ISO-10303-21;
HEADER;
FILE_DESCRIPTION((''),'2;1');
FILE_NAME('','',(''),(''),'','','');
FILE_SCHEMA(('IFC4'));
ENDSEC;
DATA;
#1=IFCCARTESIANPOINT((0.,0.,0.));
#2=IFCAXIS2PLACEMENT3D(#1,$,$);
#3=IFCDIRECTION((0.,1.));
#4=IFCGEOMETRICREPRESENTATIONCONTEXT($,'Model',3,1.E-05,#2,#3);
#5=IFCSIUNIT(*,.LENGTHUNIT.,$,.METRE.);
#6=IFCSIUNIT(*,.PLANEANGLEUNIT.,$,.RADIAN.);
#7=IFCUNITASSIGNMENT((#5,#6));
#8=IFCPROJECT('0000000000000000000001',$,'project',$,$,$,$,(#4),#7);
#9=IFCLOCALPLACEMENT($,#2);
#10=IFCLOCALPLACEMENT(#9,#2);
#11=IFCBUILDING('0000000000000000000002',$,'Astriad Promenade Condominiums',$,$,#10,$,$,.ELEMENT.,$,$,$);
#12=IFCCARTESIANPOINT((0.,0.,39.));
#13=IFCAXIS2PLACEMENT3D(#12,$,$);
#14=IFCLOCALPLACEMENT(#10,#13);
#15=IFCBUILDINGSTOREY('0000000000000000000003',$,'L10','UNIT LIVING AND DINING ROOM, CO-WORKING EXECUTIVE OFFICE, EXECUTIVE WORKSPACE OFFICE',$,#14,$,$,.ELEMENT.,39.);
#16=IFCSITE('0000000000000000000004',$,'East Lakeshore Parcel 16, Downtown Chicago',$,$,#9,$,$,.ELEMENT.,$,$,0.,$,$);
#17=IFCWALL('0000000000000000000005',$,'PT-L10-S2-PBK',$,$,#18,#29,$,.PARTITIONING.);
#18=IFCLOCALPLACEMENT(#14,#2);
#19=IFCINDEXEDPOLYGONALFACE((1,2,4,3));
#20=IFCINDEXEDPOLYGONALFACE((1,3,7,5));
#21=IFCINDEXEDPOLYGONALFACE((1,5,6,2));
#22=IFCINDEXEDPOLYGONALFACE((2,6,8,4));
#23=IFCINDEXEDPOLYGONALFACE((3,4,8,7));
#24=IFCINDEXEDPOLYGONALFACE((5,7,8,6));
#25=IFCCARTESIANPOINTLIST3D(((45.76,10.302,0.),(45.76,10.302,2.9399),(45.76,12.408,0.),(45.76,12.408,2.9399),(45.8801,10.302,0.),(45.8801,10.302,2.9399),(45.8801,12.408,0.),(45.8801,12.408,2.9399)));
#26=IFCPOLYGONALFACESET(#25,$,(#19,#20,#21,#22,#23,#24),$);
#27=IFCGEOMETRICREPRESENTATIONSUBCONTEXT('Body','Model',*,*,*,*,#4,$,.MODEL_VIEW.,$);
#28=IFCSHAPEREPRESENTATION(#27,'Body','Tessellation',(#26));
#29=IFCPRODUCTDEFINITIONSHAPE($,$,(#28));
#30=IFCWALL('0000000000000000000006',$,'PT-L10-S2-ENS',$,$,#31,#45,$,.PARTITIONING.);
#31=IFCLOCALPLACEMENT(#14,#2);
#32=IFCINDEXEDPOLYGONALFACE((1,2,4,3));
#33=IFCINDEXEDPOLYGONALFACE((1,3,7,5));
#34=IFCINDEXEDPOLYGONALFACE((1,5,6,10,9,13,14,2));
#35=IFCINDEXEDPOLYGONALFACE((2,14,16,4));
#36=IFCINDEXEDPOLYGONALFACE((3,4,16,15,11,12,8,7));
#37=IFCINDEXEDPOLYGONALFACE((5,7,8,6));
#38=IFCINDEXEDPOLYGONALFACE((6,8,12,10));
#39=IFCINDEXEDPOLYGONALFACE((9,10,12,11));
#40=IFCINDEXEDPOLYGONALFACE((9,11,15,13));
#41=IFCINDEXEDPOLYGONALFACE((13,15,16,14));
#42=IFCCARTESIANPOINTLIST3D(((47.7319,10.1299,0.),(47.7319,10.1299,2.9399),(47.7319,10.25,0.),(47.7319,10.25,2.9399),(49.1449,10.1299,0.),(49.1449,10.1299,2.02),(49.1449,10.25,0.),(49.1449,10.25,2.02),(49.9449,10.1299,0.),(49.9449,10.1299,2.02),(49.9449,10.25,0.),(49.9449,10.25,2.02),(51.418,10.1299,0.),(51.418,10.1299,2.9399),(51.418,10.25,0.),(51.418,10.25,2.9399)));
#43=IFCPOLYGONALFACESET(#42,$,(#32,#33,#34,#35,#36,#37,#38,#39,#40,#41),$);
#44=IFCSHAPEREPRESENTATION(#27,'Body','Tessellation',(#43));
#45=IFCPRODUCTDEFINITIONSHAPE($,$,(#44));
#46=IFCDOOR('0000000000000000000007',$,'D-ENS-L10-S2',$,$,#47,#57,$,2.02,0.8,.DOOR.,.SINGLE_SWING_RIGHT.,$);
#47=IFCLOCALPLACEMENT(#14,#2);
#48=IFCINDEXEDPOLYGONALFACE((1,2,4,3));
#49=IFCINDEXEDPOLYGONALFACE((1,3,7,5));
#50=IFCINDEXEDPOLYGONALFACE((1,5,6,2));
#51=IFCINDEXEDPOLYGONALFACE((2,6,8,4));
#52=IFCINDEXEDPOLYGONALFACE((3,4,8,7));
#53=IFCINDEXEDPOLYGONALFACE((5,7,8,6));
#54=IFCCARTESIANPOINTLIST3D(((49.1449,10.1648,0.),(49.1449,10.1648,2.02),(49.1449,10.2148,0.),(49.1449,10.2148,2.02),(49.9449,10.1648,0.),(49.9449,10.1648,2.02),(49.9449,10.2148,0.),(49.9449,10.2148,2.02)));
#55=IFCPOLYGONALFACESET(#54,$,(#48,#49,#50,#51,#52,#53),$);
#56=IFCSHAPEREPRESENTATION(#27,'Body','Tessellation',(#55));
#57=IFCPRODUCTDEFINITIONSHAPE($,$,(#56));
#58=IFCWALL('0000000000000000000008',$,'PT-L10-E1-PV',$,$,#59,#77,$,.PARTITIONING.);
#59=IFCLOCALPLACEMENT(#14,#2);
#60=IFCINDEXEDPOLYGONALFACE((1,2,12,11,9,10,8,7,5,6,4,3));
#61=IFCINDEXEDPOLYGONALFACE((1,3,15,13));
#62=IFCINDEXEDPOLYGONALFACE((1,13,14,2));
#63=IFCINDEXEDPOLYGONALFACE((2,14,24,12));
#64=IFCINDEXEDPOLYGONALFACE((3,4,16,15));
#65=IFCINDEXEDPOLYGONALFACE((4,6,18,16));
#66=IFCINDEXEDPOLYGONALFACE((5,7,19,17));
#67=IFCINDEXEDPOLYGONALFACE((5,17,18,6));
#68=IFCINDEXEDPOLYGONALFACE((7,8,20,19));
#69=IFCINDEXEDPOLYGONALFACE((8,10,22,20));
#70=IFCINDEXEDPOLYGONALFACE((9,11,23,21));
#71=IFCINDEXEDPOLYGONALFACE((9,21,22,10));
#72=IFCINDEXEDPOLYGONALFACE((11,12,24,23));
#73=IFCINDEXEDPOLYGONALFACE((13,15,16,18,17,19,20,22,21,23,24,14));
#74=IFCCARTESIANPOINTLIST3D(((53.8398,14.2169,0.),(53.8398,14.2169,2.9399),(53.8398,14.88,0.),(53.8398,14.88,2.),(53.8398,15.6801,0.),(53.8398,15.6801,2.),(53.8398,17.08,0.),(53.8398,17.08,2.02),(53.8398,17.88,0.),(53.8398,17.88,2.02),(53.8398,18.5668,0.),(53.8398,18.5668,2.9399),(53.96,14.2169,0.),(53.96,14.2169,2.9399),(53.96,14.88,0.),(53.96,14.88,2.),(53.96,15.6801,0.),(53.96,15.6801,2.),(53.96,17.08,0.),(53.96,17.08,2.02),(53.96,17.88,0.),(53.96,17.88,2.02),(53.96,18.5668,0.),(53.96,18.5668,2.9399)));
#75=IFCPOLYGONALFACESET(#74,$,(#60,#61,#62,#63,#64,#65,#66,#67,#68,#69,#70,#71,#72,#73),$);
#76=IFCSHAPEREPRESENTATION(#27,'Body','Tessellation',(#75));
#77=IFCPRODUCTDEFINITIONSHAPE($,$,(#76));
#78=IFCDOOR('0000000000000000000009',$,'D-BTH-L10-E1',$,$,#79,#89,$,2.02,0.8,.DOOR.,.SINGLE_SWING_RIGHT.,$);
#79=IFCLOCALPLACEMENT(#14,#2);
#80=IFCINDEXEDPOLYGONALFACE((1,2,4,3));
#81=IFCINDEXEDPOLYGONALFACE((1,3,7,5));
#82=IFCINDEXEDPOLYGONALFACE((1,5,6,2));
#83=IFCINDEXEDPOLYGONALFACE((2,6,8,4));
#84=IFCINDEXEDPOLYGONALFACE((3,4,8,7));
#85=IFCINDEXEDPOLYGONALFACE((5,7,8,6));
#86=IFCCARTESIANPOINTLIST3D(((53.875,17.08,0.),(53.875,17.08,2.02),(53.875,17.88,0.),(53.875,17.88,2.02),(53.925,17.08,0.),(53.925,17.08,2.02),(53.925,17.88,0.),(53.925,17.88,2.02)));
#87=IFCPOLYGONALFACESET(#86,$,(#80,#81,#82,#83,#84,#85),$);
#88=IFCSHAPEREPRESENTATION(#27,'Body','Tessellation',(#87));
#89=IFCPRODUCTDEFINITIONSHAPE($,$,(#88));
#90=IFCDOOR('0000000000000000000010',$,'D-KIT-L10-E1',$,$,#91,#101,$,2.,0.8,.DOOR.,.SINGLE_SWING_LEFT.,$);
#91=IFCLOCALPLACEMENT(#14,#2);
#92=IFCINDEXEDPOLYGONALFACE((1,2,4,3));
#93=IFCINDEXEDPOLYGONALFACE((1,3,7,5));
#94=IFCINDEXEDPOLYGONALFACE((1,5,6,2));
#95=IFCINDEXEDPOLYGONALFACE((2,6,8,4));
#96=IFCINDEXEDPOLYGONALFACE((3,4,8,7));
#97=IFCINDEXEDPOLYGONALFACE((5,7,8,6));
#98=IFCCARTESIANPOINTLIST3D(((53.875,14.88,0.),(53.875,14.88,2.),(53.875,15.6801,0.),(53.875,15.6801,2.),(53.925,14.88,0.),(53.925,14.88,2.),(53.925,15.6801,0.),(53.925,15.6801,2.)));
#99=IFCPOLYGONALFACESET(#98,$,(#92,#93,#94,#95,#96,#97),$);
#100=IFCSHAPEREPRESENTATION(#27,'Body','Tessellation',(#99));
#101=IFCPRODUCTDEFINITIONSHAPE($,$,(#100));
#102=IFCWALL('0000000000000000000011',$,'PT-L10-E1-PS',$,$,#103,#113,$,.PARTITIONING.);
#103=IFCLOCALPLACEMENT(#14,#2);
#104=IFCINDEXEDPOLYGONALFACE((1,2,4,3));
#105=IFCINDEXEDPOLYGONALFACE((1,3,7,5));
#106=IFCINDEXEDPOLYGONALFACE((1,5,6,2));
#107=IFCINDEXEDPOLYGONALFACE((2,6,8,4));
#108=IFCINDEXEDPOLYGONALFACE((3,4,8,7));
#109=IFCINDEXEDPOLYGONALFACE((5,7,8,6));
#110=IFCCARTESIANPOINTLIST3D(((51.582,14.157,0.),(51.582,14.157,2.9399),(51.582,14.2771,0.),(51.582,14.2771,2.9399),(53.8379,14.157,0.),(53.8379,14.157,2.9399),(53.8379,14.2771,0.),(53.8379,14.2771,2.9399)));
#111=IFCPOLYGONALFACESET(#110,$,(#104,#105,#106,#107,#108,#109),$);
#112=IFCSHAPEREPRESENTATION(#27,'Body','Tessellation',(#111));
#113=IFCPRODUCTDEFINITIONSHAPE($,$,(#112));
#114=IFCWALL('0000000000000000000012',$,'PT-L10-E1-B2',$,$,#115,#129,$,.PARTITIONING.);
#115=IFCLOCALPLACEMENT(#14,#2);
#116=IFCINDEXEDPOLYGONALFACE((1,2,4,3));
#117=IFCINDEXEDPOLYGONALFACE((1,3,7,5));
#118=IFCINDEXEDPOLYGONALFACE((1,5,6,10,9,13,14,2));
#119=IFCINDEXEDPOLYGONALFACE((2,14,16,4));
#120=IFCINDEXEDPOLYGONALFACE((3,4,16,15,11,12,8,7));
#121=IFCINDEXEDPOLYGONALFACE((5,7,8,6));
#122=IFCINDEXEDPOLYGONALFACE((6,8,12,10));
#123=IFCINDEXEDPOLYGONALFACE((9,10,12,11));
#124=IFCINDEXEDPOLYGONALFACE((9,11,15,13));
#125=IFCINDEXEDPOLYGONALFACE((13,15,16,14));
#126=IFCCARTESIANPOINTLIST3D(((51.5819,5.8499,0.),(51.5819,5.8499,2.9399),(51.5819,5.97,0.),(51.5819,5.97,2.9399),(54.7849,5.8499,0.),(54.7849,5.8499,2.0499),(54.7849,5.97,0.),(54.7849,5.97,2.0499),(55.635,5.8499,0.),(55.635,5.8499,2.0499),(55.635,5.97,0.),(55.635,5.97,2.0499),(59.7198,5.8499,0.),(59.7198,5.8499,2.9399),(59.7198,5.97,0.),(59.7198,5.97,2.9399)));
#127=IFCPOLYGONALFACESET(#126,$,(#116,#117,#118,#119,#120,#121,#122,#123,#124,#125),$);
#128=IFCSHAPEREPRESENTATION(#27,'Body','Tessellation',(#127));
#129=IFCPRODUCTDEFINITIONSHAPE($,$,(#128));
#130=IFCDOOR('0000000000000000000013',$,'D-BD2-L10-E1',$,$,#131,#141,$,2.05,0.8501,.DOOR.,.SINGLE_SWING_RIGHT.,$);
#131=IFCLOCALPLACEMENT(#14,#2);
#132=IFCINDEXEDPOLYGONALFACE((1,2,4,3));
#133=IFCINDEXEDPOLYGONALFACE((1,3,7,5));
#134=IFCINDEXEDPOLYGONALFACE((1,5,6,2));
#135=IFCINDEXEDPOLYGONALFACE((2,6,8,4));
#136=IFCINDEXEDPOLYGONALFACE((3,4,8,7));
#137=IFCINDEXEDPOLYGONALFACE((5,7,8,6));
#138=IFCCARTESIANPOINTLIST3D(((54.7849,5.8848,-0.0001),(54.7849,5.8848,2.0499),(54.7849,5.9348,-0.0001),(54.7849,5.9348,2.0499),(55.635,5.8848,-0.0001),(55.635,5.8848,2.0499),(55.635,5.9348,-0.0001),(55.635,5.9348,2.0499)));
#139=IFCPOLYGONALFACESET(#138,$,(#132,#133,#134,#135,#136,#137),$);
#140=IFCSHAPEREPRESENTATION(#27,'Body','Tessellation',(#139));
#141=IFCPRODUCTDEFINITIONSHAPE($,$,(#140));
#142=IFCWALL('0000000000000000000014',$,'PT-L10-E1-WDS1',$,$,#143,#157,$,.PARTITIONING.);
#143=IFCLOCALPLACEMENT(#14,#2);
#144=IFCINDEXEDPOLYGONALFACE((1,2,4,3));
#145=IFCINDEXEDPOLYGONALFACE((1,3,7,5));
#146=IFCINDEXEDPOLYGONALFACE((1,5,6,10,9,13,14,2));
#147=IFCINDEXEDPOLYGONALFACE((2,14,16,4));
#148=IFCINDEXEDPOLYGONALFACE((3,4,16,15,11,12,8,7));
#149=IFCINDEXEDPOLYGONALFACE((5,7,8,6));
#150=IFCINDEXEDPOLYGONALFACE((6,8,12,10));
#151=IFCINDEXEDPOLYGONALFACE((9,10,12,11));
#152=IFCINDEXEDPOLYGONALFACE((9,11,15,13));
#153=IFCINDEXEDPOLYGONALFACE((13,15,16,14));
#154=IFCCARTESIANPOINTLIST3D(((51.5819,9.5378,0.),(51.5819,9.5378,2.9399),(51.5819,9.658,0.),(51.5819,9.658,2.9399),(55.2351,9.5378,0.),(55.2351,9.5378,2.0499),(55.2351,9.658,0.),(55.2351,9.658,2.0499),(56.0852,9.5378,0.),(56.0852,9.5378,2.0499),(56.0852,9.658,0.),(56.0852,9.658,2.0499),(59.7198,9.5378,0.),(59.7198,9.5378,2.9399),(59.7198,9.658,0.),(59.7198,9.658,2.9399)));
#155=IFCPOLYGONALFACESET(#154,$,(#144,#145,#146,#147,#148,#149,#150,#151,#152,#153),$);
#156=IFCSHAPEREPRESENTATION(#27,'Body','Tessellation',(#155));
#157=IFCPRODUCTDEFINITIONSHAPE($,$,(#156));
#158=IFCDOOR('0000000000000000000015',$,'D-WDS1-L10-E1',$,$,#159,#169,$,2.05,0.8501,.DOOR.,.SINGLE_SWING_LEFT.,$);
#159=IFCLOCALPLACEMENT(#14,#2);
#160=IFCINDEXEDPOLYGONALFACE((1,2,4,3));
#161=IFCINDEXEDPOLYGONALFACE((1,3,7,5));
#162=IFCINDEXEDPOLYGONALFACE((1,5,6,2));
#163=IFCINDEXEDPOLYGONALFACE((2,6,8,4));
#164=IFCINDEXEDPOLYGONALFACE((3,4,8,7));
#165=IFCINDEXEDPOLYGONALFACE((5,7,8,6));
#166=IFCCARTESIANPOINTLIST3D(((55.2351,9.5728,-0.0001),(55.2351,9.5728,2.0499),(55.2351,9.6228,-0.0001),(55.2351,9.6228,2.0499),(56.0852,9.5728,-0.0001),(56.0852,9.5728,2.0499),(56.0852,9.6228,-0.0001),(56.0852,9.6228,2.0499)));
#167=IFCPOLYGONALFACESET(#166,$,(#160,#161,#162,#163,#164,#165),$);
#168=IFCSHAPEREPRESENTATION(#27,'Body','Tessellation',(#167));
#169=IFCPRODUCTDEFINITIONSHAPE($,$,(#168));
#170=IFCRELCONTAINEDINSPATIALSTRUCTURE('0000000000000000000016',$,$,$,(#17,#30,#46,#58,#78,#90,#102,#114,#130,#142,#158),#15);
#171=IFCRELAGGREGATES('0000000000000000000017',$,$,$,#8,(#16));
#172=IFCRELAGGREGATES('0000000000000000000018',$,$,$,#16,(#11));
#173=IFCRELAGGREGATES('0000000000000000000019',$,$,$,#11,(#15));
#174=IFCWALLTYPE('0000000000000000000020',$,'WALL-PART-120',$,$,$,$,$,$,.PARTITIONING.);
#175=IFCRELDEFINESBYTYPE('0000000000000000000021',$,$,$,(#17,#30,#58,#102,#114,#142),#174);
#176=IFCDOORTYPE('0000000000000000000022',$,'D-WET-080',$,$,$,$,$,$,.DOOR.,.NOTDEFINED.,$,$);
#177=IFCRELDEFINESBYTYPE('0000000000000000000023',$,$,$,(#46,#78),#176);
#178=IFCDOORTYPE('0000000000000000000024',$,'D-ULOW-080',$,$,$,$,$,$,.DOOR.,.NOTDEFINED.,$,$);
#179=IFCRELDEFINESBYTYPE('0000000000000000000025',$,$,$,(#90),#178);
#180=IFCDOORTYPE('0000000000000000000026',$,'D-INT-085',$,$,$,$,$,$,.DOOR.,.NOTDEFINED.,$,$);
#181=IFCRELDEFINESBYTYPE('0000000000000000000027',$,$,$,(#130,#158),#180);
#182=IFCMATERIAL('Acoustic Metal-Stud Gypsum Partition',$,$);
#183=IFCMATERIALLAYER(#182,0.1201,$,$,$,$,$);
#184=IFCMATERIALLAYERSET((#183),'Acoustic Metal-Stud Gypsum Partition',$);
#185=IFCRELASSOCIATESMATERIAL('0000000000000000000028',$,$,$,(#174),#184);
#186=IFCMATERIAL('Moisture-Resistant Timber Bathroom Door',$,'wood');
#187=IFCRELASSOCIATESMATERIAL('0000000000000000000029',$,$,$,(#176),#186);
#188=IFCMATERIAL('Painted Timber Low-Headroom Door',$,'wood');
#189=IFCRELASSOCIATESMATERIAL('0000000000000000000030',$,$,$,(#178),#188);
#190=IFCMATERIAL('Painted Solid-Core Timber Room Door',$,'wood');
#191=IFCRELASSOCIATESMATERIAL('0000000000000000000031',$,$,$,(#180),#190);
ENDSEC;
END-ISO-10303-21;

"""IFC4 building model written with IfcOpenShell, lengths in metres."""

from ifc_helpers import new_model, si_unit, direction, frame, frame_2d, origin, place, context, subcontext, project, spatial, rectangle, extrude, source, transform, mapped, material, layer, layer_set, type_object, type_shapes, element, fill, save


model = new_model("IFC4")

# Units and contexts
model_context = context("Model", 3, precision=1e-05, world=origin(), true_north=direction((0.0, 1.0)))
body_context = subcontext(model_context, "Body", "Model", "MODEL_VIEW")
ifc_project = project(units=[si_unit("LENGTHUNIT", "METRE"), si_unit("PLANEANGLEUNIT", "RADIAN")], contexts=[model_context])

# Site, building, storey
site_placement = place(None, origin())
site = spatial("IfcSite", under=ifc_project, at=site_placement, Name="East Lakeshore Parcel 16, Downtown Chicago", CompositionType="ELEMENT", RefElevation=0.0)
building_placement = place(site_placement, origin())
building = spatial("IfcBuilding", under=site, at=building_placement, Name="Astriad Promenade Condominiums", CompositionType="ELEMENT")
storey_placement = place(building_placement, frame((0.0, 0.0, 39.0)))
storey = spatial("IfcBuildingStorey", under=building, at=storey_placement, Name="L10", Description="UNIT LIVING AND DINING ROOM, CO-WORKING EXECUTIVE OFFICE, EXECUTIVE WORKSPACE OFFICE", CompositionType="ELEMENT", Elevation=39.0)

# Shared definitions
ifc_material_1 = material(Name="Acoustic Metal-Stud Gypsum Partition")
ifc_layer_1 = layer(ifc_material_1, 0.1201)
ifc_layer_set_1 = layer_set([ifc_layer_1], Name="Acoustic Metal-Stud Gypsum Partition")
wall_type_1 = type_object("IfcWallType", Name="WALL-PART-120", PredefinedType="PARTITIONING", material=ifc_layer_set_1)

# Wall
wall_1_placement = place(storey_placement, frame((45.8201, 10.302, 0.0), z_axis=(0.0, 0.0, 1.0), x_axis=(0.0, 1.0, 0.0)))
element("IfcWall", 1, at=wall_1_placement, inside=storey, type_object=wall_type_1, Name="PT-L10-S2-PBK", PredefinedType="PARTITIONING", context=body_context, shape_type="SweptSolid", body=[
    extrude(rectangle(XDim=2.106, YDim=0.1201, at=frame_2d((1.053, 0.0))), origin(), (0.0, 0.0, 1.0), 2.9399),
])

# Wall, opening, door
wall_2_placement = place(storey_placement, frame((47.7319, 10.1899, 0.0), z_axis=(0.0, 0.0, 1.0), x_axis=(1.0, 0.0, 0.0)))
wall_2 = element("IfcWall", 2, at=wall_2_placement, inside=storey, type_object=wall_type_1, Name="PT-L10-S2-ENS", PredefinedType="PARTITIONING", context=body_context, shape_type="SweptSolid", body=[
    extrude(rectangle(XDim=3.686, YDim=0.1201, at=frame_2d((1.843, 0.0))), origin(), (0.0, 0.0, 1.0), 2.9399),
])
opening_1_placement = place(wall_2_placement, frame((1.4131, 0.0, 0.0)))
opening_1 = element("IfcOpeningElement", 3, at=opening_1_placement, cuts=wall_2, PredefinedType="OPENING", context=body_context, shape_type="SweptSolid", body=[
    extrude(rectangle(XDim=0.8, YDim=2.02, at=frame_2d((0.3999, 1.01))), frame((0.0, 0.0701, 0.0), z_axis=(0.0, -1.0, 0.0), x_axis=(1.0, 0.0, 0.0)), (0.0, 0.0, 1.0), 0.1401),
])
ifc_material_2 = material(Name="Moisture-Resistant Timber Bathroom Door", Category="wood")
door_type_1 = type_object("IfcDoorType", Name="D-WET-080", OperationType="NOTDEFINED", PredefinedType="DOOR", material=ifc_material_2)
shared_shape_1 = source(origin(), body_context, "Body", "SweptSolid", [
    extrude(rectangle(XDim=0.8, YDim=2.02, at=frame_2d((0.3999, 1.01))), frame((0.0, 0.0249, 0.0), z_axis=(0.0, -1.0, 0.0), x_axis=(1.0, 0.0, 0.0)), (0.0, 0.0, 1.0), 0.05),
])
type_shapes(door_type_1, [shared_shape_1])
door_1_placement = place(opening_1_placement, origin())
door_1 = element("IfcDoor", 4, at=door_1_placement, inside=storey, type_object=door_type_1, Name="D-ENS-L10-S2", OperationType="SINGLE_SWING_RIGHT", OverallHeight=2.02, OverallWidth=0.8, PredefinedType="DOOR", context=body_context, shape_type="MappedRepresentation", body=[
    mapped(shared_shape_1, transform((0.0, 0.0, 0.0), scale=1.0)),
])
fill(opening_1, door_1)

# Wall, openings, doors
wall_3_placement = place(storey_placement, frame((53.8999, 14.217, 0.0), z_axis=(0.0, 0.0, 1.0), x_axis=(0.0, 1.0, 0.0)))
wall_3 = element("IfcWall", 5, at=wall_3_placement, inside=storey, type_object=wall_type_1, Name="PT-L10-E1-PV", PredefinedType="PARTITIONING", context=body_context, shape_type="SweptSolid", body=[
    extrude(rectangle(XDim=4.3499, YDim=0.1201, at=frame_2d((2.1748, 0.0))), origin(), (0.0, 0.0, 1.0), 2.9399),
])
opening_2_placement = place(wall_3_placement, frame((0.6631, 0.0, 0.0)))
opening_2 = element("IfcOpeningElement", 6, at=opening_2_placement, cuts=wall_3, PredefinedType="OPENING", context=body_context, shape_type="SweptSolid", body=[
    extrude(rectangle(XDim=0.8, YDim=2.0, at=frame_2d((0.3999, 1.0))), frame((0.0, 0.0701, 0.0), z_axis=(0.0, -1.0, 0.0), x_axis=(1.0, 0.0, 0.0)), (0.0, 0.0, 1.0), 0.1401),
])
opening_3_placement = place(wall_3_placement, frame((2.863, 0.0, 0.0)))
opening_3 = element("IfcOpeningElement", 7, at=opening_3_placement, cuts=wall_3, PredefinedType="OPENING", context=body_context, shape_type="SweptSolid", body=[
    extrude(rectangle(XDim=0.8, YDim=2.02, at=frame_2d((0.3999, 1.01))), frame((0.0, 0.0701, 0.0), z_axis=(0.0, -1.0, 0.0), x_axis=(1.0, 0.0, 0.0)), (0.0, 0.0, 1.0), 0.1401),
])
door_2_placement = place(opening_3_placement, origin())
door_2 = element("IfcDoor", 8, at=door_2_placement, inside=storey, type_object=door_type_1, Name="D-BTH-L10-E1", OperationType="SINGLE_SWING_RIGHT", OverallHeight=2.02, OverallWidth=0.8, PredefinedType="DOOR", context=body_context, shape_type="MappedRepresentation", body=[
    mapped(shared_shape_1, transform((0.0, 0.0, 0.0), scale=1.0)),
])
fill(opening_3, door_2)
ifc_material_3 = material(Name="Painted Timber Low-Headroom Door", Category="wood")
door_type_2 = type_object("IfcDoorType", Name="D-ULOW-080", OperationType="NOTDEFINED", PredefinedType="DOOR", material=ifc_material_3)
shared_shape_2 = source(origin(), body_context, "Body", "SweptSolid", [
    extrude(rectangle(XDim=0.8, YDim=2.0, at=frame_2d((0.3999, 1.0))), frame((0.0, 0.0249, 0.0), z_axis=(0.0, -1.0, 0.0), x_axis=(1.0, 0.0, 0.0)), (0.0, 0.0, 1.0), 0.05),
])
type_shapes(door_type_2, [shared_shape_2])
door_3_placement = place(opening_2_placement, origin())
door_3 = element("IfcDoor", 9, at=door_3_placement, inside=storey, type_object=door_type_2, Name="D-KIT-L10-E1", OperationType="SINGLE_SWING_LEFT", OverallHeight=2.0, OverallWidth=0.8, PredefinedType="DOOR", context=body_context, shape_type="MappedRepresentation", body=[
    mapped(shared_shape_2, transform((0.0, 0.0, 0.0), scale=1.0)),
])
fill(opening_2, door_3)

# Wall
wall_4_placement = place(storey_placement, frame((51.582, 14.217, 0.0), z_axis=(0.0, 0.0, 1.0), x_axis=(1.0, 0.0, 0.0)))
element("IfcWall", 10, at=wall_4_placement, inside=storey, type_object=wall_type_1, Name="PT-L10-E1-PS", PredefinedType="PARTITIONING", context=body_context, shape_type="SweptSolid", body=[
    extrude(rectangle(XDim=2.2559, YDim=0.1201, at=frame_2d((1.1279, 0.0))), origin(), (0.0, 0.0, 1.0), 2.9399),
])

# Walls, openings, doors
wall_5_placement = place(storey_placement, frame((51.582, 5.9099, 0.0), z_axis=(0.0, 0.0, 1.0), x_axis=(1.0, 0.0, 0.0)))
wall_5 = element("IfcWall", 11, at=wall_5_placement, inside=storey, type_object=wall_type_1, Name="PT-L10-E1-B2", PredefinedType="PARTITIONING", context=body_context, shape_type="SweptSolid", body=[
    extrude(rectangle(XDim=8.1379, YDim=0.1201, at=frame_2d((4.0688, 0.0))), origin(), (0.0, 0.0, 1.0), 2.9399),
])
opening_4_placement = place(wall_5_placement, frame((3.2029, 0.0, 0.0)))
opening_4 = element("IfcOpeningElement", 12, at=opening_4_placement, cuts=wall_5, PredefinedType="OPENING", context=body_context, shape_type="SweptSolid", body=[
    extrude(rectangle(XDim=0.8501, YDim=2.05, at=frame_2d((0.425, 1.0249))), frame((0.0, 0.0701, 0.0), z_axis=(0.0, -1.0, 0.0), x_axis=(1.0, 0.0, 0.0)), (0.0, 0.0, 1.0), 0.1401),
])
ifc_material_4 = material(Name="Painted Solid-Core Timber Room Door", Category="wood")
door_type_3 = type_object("IfcDoorType", Name="D-INT-085", OperationType="NOTDEFINED", PredefinedType="DOOR", material=ifc_material_4)
shared_shape_3 = source(origin(), body_context, "Body", "SweptSolid", [
    extrude(rectangle(XDim=0.8501, YDim=2.05, at=frame_2d((0.425, 1.0249))), frame((0.0, 0.0249, 0.0), z_axis=(0.0, -1.0, 0.0), x_axis=(1.0, 0.0, 0.0)), (0.0, 0.0, 1.0), 0.05),
])
type_shapes(door_type_3, [shared_shape_3])
door_4_placement = place(opening_4_placement, origin())
door_4 = element("IfcDoor", 13, at=door_4_placement, inside=storey, type_object=door_type_3, Name="D-BD2-L10-E1", OperationType="SINGLE_SWING_RIGHT", OverallHeight=2.05, OverallWidth=0.8501, PredefinedType="DOOR", context=body_context, shape_type="MappedRepresentation", body=[
    mapped(shared_shape_3, transform((0.0, 0.0, 0.0), scale=1.0)),
])
fill(opening_4, door_4)
wall_6_placement = place(storey_placement, frame((51.582, 9.5979, 0.0), z_axis=(0.0, 0.0, 1.0), x_axis=(1.0, 0.0, 0.0)))
wall_6 = element("IfcWall", 14, at=wall_6_placement, inside=storey, type_object=wall_type_1, Name="PT-L10-E1-WDS1", PredefinedType="PARTITIONING", context=body_context, shape_type="SweptSolid", body=[
    extrude(rectangle(XDim=8.1379, YDim=0.1201, at=frame_2d((4.0688, 0.0))), origin(), (0.0, 0.0, 1.0), 2.9399),
])
opening_5_placement = place(wall_6_placement, frame((3.6531, 0.0, 0.0)))
opening_5 = element("IfcOpeningElement", 15, at=opening_5_placement, cuts=wall_6, PredefinedType="OPENING", context=body_context, shape_type="SweptSolid", body=[
    extrude(rectangle(XDim=0.8501, YDim=2.05, at=frame_2d((0.425, 1.0249))), frame((0.0, 0.0701, 0.0), z_axis=(0.0, -1.0, 0.0), x_axis=(1.0, 0.0, 0.0)), (0.0, 0.0, 1.0), 0.1401),
])
door_5_placement = place(opening_5_placement, origin())
door_5 = element("IfcDoor", 16, at=door_5_placement, inside=storey, type_object=door_type_3, Name="D-WDS1-L10-E1", OperationType="SINGLE_SWING_LEFT", OverallHeight=2.05, OverallWidth=0.8501, PredefinedType="DOOR", context=body_context, shape_type="MappedRepresentation", body=[
    mapped(shared_shape_3, transform((0.0, 0.0, 0.0), scale=1.0)),
])
fill(opening_5, door_5)

save(model, "model.ifc")
